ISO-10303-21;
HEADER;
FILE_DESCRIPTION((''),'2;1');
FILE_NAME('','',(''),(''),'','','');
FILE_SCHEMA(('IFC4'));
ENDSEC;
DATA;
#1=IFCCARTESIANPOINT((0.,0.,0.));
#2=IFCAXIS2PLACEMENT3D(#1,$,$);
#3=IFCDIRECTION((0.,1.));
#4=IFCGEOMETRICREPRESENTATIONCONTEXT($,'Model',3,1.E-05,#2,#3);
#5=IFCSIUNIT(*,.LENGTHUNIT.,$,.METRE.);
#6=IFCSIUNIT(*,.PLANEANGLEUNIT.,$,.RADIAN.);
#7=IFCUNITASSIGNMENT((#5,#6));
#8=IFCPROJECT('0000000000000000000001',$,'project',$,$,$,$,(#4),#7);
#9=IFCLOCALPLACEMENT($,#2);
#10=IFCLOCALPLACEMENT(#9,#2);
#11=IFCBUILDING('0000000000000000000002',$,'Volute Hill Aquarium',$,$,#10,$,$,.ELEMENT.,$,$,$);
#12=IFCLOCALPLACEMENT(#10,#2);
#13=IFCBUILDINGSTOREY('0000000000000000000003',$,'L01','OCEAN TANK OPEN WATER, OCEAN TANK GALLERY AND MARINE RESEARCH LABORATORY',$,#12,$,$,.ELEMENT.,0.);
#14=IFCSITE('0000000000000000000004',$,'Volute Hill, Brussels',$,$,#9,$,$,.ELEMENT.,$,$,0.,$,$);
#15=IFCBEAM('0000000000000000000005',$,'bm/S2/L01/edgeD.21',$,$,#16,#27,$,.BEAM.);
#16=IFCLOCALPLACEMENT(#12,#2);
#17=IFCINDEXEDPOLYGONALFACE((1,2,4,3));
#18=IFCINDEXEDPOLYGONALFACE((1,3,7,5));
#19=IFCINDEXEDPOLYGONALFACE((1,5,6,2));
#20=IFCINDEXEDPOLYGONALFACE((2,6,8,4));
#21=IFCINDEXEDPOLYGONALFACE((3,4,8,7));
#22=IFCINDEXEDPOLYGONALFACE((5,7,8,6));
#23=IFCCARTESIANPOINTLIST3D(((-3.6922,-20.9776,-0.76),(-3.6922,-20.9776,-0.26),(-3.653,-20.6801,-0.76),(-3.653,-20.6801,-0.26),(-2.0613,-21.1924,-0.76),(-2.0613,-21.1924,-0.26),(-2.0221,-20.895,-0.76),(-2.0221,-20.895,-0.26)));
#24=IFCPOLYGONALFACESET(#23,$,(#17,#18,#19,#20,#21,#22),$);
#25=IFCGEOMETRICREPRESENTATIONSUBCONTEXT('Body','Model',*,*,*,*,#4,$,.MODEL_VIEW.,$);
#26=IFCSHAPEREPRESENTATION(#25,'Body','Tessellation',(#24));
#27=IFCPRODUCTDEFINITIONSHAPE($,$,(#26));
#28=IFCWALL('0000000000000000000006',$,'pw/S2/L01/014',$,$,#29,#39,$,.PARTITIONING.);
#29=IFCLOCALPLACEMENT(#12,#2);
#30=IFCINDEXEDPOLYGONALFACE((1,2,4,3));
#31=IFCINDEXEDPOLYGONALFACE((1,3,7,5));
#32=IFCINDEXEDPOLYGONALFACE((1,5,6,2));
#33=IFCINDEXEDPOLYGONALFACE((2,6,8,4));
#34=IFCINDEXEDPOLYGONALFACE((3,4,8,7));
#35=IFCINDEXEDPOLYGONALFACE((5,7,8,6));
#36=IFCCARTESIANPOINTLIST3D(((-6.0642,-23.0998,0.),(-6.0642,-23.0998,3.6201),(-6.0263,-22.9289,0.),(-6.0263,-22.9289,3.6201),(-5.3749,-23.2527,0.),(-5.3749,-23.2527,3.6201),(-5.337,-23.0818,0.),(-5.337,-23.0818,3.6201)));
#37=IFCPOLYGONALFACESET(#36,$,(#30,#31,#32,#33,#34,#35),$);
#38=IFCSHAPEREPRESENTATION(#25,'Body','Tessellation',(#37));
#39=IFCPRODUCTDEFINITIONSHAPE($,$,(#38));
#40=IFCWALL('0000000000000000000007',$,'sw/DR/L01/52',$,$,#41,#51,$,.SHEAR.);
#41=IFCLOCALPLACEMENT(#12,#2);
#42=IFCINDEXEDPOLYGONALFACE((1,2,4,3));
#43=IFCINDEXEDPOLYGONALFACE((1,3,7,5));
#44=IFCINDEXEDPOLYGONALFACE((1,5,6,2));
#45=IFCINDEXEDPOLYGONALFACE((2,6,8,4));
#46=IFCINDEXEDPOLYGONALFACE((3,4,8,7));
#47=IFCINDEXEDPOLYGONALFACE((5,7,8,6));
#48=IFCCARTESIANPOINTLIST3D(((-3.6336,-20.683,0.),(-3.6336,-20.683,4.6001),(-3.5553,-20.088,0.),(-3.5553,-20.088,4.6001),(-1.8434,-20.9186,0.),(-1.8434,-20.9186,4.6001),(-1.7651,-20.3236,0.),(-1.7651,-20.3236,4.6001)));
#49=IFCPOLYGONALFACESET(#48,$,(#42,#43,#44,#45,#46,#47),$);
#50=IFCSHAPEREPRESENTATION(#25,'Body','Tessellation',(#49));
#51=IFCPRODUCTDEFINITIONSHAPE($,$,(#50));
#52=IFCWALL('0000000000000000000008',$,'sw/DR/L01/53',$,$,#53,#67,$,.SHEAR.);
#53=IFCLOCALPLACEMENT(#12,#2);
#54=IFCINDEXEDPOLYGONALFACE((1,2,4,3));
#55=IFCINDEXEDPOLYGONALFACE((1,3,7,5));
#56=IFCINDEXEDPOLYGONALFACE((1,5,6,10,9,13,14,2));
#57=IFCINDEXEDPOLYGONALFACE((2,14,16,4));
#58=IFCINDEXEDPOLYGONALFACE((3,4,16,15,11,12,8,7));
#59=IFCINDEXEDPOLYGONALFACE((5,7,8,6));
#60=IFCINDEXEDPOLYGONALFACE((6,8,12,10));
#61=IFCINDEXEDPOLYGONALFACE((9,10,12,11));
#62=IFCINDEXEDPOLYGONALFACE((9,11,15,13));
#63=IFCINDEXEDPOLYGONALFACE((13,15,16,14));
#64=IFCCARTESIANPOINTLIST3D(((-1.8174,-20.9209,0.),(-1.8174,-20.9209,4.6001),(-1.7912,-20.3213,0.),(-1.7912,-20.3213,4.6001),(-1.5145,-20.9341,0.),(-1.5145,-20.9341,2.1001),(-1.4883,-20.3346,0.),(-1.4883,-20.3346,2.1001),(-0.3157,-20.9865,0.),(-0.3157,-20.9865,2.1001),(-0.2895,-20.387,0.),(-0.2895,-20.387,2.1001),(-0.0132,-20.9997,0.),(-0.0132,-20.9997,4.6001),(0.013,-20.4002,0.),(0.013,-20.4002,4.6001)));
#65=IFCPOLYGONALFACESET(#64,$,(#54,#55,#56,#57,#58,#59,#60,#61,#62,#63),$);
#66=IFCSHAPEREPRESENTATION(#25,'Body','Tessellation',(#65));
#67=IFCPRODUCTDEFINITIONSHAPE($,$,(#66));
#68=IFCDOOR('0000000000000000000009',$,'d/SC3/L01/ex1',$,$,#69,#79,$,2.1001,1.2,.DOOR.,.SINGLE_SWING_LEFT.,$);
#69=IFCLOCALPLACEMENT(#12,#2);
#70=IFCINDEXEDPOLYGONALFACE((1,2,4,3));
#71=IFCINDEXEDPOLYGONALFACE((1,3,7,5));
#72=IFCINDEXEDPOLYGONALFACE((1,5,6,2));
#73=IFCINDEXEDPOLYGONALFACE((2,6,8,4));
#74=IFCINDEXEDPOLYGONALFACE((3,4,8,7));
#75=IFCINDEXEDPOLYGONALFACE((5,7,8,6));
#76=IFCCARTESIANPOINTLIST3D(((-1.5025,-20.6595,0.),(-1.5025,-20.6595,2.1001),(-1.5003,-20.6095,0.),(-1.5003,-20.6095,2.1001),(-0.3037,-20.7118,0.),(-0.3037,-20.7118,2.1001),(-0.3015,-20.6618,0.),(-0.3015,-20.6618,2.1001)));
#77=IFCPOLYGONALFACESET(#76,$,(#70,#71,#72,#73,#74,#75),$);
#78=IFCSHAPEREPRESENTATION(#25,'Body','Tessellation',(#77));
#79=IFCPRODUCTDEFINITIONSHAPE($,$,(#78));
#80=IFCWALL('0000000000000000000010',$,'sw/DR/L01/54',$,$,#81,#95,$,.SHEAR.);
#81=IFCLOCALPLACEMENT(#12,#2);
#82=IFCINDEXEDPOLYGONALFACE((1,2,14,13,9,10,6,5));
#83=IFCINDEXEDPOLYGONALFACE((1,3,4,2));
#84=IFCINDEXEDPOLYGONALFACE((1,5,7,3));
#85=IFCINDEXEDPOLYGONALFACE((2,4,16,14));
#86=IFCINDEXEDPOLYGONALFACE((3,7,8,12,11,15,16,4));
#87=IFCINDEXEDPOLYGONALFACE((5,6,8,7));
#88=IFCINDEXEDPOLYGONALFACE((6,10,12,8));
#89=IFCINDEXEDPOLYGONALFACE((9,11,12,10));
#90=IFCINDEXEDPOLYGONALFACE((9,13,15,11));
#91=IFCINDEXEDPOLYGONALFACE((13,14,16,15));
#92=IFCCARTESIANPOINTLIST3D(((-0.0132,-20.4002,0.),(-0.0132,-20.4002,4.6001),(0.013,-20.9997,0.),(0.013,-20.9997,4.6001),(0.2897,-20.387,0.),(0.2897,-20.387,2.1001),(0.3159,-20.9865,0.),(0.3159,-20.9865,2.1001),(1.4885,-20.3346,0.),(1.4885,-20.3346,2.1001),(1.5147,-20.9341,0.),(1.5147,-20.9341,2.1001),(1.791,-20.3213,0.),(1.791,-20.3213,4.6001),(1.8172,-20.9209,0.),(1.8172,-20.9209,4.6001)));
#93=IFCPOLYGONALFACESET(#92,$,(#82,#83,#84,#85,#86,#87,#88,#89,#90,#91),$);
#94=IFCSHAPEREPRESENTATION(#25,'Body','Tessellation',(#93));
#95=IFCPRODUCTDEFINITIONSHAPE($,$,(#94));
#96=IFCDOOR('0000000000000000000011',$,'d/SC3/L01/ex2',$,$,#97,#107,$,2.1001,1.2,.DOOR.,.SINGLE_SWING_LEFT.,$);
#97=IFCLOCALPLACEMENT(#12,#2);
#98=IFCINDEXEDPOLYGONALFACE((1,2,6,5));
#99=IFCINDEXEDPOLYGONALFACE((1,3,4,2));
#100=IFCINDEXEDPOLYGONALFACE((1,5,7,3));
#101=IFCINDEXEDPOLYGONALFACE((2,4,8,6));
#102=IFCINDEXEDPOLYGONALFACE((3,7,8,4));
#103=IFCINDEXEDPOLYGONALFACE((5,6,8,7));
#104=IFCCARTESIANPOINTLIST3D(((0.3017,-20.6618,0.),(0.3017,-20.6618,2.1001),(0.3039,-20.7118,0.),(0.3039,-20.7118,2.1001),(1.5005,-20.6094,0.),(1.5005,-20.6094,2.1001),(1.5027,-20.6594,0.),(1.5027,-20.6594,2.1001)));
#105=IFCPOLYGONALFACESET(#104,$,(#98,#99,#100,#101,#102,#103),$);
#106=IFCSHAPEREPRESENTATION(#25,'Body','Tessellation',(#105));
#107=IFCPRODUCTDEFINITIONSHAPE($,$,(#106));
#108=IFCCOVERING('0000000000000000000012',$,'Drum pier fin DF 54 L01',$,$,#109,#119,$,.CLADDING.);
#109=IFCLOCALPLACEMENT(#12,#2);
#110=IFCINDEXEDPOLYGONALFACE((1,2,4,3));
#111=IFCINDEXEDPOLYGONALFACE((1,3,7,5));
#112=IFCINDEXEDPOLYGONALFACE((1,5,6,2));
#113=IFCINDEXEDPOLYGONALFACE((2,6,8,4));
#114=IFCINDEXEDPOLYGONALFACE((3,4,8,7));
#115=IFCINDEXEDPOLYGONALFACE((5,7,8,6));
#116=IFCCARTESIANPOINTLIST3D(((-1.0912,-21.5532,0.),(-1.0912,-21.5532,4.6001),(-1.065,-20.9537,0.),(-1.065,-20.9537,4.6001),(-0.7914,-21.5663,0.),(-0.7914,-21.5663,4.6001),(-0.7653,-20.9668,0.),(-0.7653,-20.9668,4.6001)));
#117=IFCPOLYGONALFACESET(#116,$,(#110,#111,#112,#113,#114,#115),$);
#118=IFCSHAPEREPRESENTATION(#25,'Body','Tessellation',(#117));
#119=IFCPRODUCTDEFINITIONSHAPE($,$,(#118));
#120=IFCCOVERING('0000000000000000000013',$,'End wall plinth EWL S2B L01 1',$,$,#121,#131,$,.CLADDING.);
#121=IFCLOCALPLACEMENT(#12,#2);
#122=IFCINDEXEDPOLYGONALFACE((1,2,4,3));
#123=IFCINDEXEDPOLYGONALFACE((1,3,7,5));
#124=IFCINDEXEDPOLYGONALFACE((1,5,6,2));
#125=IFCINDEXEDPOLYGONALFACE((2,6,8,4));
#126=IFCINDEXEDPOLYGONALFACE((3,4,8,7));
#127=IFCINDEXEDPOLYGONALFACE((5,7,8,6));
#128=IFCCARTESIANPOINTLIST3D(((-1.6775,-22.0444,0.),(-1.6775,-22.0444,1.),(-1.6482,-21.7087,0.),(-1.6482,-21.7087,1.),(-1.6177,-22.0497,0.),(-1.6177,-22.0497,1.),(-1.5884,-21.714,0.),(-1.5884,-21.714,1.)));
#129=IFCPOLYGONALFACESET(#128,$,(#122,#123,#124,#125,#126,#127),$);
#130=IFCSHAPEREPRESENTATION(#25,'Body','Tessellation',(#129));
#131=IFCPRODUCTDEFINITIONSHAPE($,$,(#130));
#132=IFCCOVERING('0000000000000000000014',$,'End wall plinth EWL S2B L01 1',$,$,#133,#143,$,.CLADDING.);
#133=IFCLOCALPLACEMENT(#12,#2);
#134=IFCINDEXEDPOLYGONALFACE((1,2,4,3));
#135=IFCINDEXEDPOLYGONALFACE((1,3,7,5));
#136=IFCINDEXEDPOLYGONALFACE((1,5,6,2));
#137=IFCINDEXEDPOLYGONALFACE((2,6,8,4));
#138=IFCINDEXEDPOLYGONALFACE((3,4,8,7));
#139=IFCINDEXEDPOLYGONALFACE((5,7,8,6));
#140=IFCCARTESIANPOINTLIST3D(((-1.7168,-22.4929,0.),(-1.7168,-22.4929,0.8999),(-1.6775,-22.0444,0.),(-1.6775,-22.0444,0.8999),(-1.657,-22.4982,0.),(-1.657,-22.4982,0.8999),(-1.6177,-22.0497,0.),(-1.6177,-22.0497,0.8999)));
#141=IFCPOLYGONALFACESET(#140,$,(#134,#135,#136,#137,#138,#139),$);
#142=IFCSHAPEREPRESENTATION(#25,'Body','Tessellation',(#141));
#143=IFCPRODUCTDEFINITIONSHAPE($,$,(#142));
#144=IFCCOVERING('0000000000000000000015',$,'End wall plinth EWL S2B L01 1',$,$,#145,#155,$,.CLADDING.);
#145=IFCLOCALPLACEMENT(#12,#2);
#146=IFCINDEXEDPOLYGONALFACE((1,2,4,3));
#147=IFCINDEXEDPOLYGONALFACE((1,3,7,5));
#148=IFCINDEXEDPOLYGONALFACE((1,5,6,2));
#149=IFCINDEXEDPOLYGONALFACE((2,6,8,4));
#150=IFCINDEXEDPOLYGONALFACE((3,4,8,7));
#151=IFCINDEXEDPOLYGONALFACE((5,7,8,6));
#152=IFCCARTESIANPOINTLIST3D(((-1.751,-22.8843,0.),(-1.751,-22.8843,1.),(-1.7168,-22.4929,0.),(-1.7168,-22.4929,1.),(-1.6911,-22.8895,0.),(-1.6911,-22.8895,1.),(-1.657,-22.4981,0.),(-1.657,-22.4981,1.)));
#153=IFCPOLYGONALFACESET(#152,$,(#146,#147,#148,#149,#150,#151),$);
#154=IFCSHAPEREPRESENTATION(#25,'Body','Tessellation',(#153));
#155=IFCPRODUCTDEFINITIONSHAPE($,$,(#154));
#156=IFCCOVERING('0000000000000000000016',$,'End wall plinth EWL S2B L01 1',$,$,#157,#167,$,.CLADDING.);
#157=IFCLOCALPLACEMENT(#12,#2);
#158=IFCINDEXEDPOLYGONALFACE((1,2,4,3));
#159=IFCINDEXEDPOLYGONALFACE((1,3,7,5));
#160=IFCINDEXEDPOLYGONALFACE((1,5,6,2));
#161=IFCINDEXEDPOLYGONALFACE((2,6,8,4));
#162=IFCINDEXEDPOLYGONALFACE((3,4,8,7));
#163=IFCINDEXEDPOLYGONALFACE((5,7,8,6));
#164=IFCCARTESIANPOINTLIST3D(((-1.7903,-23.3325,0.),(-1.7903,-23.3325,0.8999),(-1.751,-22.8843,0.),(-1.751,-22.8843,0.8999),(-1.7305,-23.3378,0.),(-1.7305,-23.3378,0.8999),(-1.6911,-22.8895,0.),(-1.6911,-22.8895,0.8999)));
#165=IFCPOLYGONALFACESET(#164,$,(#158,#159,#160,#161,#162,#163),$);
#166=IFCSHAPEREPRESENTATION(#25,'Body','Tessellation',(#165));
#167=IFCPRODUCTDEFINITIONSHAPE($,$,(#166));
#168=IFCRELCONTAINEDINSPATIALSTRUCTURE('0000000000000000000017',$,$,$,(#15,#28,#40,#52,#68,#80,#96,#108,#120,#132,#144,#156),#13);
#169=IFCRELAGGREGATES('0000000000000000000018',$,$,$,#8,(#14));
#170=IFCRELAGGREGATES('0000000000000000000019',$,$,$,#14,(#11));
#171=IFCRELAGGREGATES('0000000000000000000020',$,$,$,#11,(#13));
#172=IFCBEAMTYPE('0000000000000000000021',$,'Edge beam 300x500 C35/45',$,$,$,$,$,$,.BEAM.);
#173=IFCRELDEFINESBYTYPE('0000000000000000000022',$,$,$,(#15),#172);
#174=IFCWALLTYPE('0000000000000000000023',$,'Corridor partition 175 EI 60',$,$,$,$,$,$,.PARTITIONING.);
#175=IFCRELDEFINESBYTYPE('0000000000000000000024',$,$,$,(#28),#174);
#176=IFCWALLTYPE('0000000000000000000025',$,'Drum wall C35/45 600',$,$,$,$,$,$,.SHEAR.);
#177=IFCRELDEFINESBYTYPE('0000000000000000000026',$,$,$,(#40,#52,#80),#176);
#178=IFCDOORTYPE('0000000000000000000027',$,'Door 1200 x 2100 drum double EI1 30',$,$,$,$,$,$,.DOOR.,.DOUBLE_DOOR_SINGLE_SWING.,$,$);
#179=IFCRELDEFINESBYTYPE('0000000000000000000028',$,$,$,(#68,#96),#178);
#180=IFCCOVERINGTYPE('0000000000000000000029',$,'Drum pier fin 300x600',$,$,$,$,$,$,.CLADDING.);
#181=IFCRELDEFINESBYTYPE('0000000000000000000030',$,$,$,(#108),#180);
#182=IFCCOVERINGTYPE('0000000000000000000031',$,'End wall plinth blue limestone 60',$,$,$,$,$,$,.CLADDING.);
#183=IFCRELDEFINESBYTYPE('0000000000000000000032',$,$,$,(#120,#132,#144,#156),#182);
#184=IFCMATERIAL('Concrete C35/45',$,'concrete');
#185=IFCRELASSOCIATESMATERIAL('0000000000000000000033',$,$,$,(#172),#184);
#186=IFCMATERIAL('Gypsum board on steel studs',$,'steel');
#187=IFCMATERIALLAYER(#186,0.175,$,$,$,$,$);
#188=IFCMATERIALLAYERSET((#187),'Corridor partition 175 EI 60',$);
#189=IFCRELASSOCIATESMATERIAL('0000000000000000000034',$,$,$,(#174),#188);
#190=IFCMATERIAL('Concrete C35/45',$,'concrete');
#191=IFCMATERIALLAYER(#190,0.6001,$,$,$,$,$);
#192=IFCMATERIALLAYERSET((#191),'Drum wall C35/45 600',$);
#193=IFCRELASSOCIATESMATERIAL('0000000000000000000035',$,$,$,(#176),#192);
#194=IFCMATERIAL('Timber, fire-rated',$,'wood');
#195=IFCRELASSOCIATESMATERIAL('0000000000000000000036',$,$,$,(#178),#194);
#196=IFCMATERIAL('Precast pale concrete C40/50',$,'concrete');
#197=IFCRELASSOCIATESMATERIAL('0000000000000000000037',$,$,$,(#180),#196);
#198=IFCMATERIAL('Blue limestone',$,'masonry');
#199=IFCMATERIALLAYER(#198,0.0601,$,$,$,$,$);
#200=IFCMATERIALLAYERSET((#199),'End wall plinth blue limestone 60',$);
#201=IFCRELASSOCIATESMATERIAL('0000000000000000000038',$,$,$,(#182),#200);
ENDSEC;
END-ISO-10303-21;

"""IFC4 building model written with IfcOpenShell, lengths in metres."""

from ifc_helpers import new_model, si_unit, direction, frame, frame_2d, origin, origin_2d, place, context, subcontext, project, spatial, polyline, rectangle, outline, extrude, material, layer, layer_set, material_profile, profile_set, type_object, element, fill, save


model = new_model("IFC4")

# Units and contexts
model_context = context("Model", 3, precision=1e-05, world=origin(), true_north=direction((0.0, 1.0)))
body_context = subcontext(model_context, "Body", "Model", "MODEL_VIEW")
ifc_project = project(units=[si_unit("LENGTHUNIT", "METRE"), si_unit("PLANEANGLEUNIT", "RADIAN")], contexts=[model_context])

# Site, building, storey
site_placement = place(None, origin())
site = spatial("IfcSite", under=ifc_project, at=site_placement, Name="Volute Hill, Brussels", CompositionType="ELEMENT", RefElevation=0.0)
building_placement = place(site_placement, origin())
building = spatial("IfcBuilding", under=site, at=building_placement, Name="Volute Hill Aquarium", CompositionType="ELEMENT")
storey_placement = place(building_placement, origin())
storey = spatial("IfcBuildingStorey", under=building, at=storey_placement, Name="L01", Description="OCEAN TANK OPEN WATER, OCEAN TANK GALLERY AND MARINE RESEARCH LABORATORY", CompositionType="ELEMENT", Elevation=0.0)

# Beam
ifc_material_1 = material(Name="Concrete C35/45", Category="concrete")
ifc_material_profile = material_profile(ifc_material_1, rectangle(XDim=0.3, YDim=0.5, at=origin_2d()), Name="RC edge beam 300x500")
ifc_profile_set = profile_set([ifc_material_profile], Name="Concrete C35/45")
beam_type = type_object("IfcBeamType", Name="Edge beam 300x500 C35/45", PredefinedType="BEAM", material=ifc_profile_set)
beam_placement = place(storey_placement, frame((-3.6726, -20.8289, -0.51), z_axis=(0.991434, -0.130608, 0.0), x_axis=(0.130608, 0.991434, 0.0)))
element("IfcBeam", 1, at=beam_placement, inside=storey, type_object=beam_type, Name="bm/S2/L01/edgeD.21", PredefinedType="BEAM", context=body_context, shape_type="SweptSolid", body=[
    extrude(rectangle(XDim=0.3, YDim=0.5, at=origin_2d()), origin(), (0.0, 0.0, 1.0), 1.645),
])

# Walls
ifc_material_2 = material(Name="Gypsum board on steel studs", Category="steel")
ifc_layer_1 = layer(ifc_material_2, 0.175)
ifc_layer_set_1 = layer_set([ifc_layer_1], Name="Corridor partition 175 EI 60")
wall_type_1 = type_object("IfcWallType", Name="Corridor partition 175 EI 60", PredefinedType="PARTITIONING", material=ifc_layer_set_1)
wall_1_placement = place(storey_placement, frame((-5.356, -23.1672, 0.0), z_axis=(0.0, 0.0, 1.0), x_axis=(-0.976285, 0.216491, 0.0)))
element("IfcWall", 2, at=wall_1_placement, inside=storey, type_object=wall_type_1, Name="pw/S2/L01/014", PredefinedType="PARTITIONING", context=body_context, shape_type="SweptSolid", body=[
    extrude(rectangle(XDim=0.7061, YDim=0.175, at=frame_2d((0.353, 0.0))), origin(), (0.0, 0.0, 1.0), 3.6201),
])
ifc_material_3 = material(Name="Concrete C35/45", Category="concrete")
ifc_layer_2 = layer(ifc_material_3, 0.6001)
ifc_layer_set_2 = layer_set([ifc_layer_2], Name="Drum wall C35/45 600")
wall_type_2 = type_object("IfcWallType", Name="Drum wall C35/45 600", PredefinedType="SHEAR", material=ifc_layer_set_2)
wall_2_placement = place(storey_placement, frame((-3.5945, -20.3855, 0.0), z_axis=(0.0, 0.0, 1.0), x_axis=(0.991452, -0.130472, 0.0)))
element("IfcWall", 3, at=wall_2_placement, inside=storey, type_object=wall_type_2, Name="sw/DR/L01/52", PredefinedType="SHEAR", context=body_context, shape_type="SweptSolid", body=[
    extrude(rectangle(XDim=1.8057, YDim=0.6001, at=frame_2d((0.9028, 0.0))), origin(), (0.0, 0.0, 1.0), 4.6001),
])

# Walls, openings, doors
wall_3_placement = place(storey_placement, frame((-1.8042, -20.6211, 0.0), z_axis=(0.0, 0.0, 1.0), x_axis=(0.999046, -0.043666, 0.0)))
wall_3 = element("IfcWall", 4, at=wall_3_placement, inside=storey, type_object=wall_type_2, Name="sw/DR/L01/53", PredefinedType="SHEAR", context=body_context, shape_type="SweptSolid", body=[
    extrude(rectangle(XDim=1.8059, YDim=0.6001, at=frame_2d((0.9028, 0.0))), origin(), (0.0, 0.0, 1.0), 4.6001),
])
opening_1_placement = place(wall_3_placement, frame((0.303, 0.0, 0.0)))
opening_1 = element("IfcOpeningElement", 5, at=opening_1_placement, cuts=wall_3, PredefinedType="OPENING", context=body_context, shape_type="SweptSolid", body=[
    extrude(rectangle(XDim=1.2, YDim=2.1001, at=frame_2d((0.6001, 1.05))), frame((0.0, 0.3101, 0.0), z_axis=(0.0, -1.0, 0.0), x_axis=(1.0, 0.0, 0.0)), (0.0, 0.0, 1.0), 0.6201),
])
ifc_material_4 = material(Name="Timber, fire-rated", Category="wood")
door_type_1 = type_object("IfcDoorType", Name="Door 1200 x 2100 drum double EI1 30", OperationType="DOUBLE_DOOR_SINGLE_SWING", PredefinedType="DOOR", material=ifc_material_4)
door_1_placement = place(opening_1_placement, origin())
door_1 = element("IfcDoor", 6, at=door_1_placement, inside=storey, type_object=door_type_1, Name="d/SC3/L01/ex1", OperationType="SINGLE_SWING_LEFT", OverallHeight=2.1001, OverallWidth=1.2, PredefinedType="DOOR", context=body_context, shape_type="SweptSolid", body=[
    extrude(rectangle(XDim=1.2, YDim=2.1001, at=frame_2d((0.6001, 1.05))), frame((0.0, 0.0249, 0.0), z_axis=(0.0, -1.0, 0.0), x_axis=(1.0, 0.0, 0.0)), (0.0, 0.0, 1.0), 0.05),
])
fill(opening_1, door_1)
wall_4_placement = place(storey_placement, frame((0.0, -20.7, 0.0), z_axis=(0.0, 0.0, 1.0), x_axis=(0.999046, 0.043666, 0.0)))
wall_4 = element("IfcWall", 7, at=wall_4_placement, inside=storey, type_object=wall_type_2, Name="sw/DR/L01/54", PredefinedType="SHEAR", context=body_context, shape_type="SweptSolid", body=[
    extrude(rectangle(XDim=1.8059, YDim=0.6001, at=frame_2d((0.9028, 0.0))), origin(), (0.0, 0.0, 1.0), 4.6001),
])
opening_2_placement = place(wall_4_placement, frame((0.303, 0.0, 0.0)))
opening_2 = element("IfcOpeningElement", 8, at=opening_2_placement, cuts=wall_4, PredefinedType="OPENING", context=body_context, shape_type="SweptSolid", body=[
    extrude(rectangle(XDim=1.2, YDim=2.1001, at=frame_2d((0.6001, 1.05))), frame((0.0, 0.3101, 0.0), z_axis=(0.0, -1.0, 0.0), x_axis=(1.0, 0.0, 0.0)), (0.0, 0.0, 1.0), 0.6201),
])
door_2_placement = place(opening_2_placement, origin())
door_2 = element("IfcDoor", 9, at=door_2_placement, inside=storey, type_object=door_type_1, Name="d/SC3/L01/ex2", OperationType="SINGLE_SWING_LEFT", OverallHeight=2.1001, OverallWidth=1.2, PredefinedType="DOOR", context=body_context, shape_type="SweptSolid", body=[
    extrude(rectangle(XDim=1.2, YDim=2.1001, at=frame_2d((0.6001, 1.05))), frame((0.0, 0.0249, 0.0), z_axis=(0.0, -1.0, 0.0), x_axis=(1.0, 0.0, 0.0)), (0.0, 0.0, 1.0), 0.05),
])
fill(opening_2, door_2)

# Coverings
ifc_material_5 = material(Name="Precast pale concrete C40/50", Category="concrete")
covering_type_1 = type_object("IfcCoveringType", Name="Drum pier fin 300x600", PredefinedType="CLADDING", material=ifc_material_5)
covering_1_placement = place(storey_placement, frame((-0.9282, -21.26, 0.0), z_axis=(0.0, 0.0, 1.0), x_axis=(0.999048, -0.043619, 0.0)))
element("IfcCovering", 10, at=covering_1_placement, inside=storey, type_object=covering_type_1, Name="Drum pier fin DF 54 L01", PredefinedType="CLADDING", context=body_context, shape_type="SweptSolid", body=[
    extrude(rectangle(XDim=0.3, YDim=0.6001, at=origin_2d()), origin(), (0.0, 0.0, 1.0), 4.6001),
])
ifc_material_6 = material(Name="Blue limestone", Category="masonry")
ifc_layer_3 = layer(ifc_material_6, 0.0601)
ifc_layer_set_3 = layer_set([ifc_layer_3], Name="End wall plinth blue limestone 60")
covering_type_2 = type_object("IfcCoveringType", Name="End wall plinth blue limestone 60", PredefinedType="CLADDING", material=ifc_layer_set_3)
covering_2_placement = place(storey_placement, frame((-1.6482, -21.7087, 0.0), z_axis=(-0.996213, 0.086942, 0.0), x_axis=(-0.086942, -0.996213, 0.0)))
element("IfcCovering", 11, at=covering_2_placement, inside=storey, type_object=covering_type_2, Name="End wall plinth EWL S2B L01 1", PredefinedType="CLADDING", context=body_context, shape_type="SweptSolid", body=[
    extrude(outline(polyline([(0.0, 0.0), (0.337, 0.0), (0.337, 1.0), (0.0, 1.0), (0.0, 0.0)])), origin(), (0.0, 0.0, -1.0), 0.0601),
])
covering_3_placement = place(storey_placement, frame((-1.6775, -22.0444, 0.0), z_axis=(-0.996181, 0.087308, 0.0), x_axis=(-0.087308, -0.996181, 0.0)))
element("IfcCovering", 12, at=covering_3_placement, inside=storey, type_object=covering_type_2, Name="End wall plinth EWL S2B L01 1", PredefinedType="CLADDING", context=body_context, shape_type="SweptSolid", body=[
    extrude(outline(polyline([(0.0, 0.0), (0.4502, 0.0), (0.4502, 0.8999), (0.0, 0.8999), (0.0, 0.0)])), origin(), (0.0, 0.0, -1.0), 0.0601),
])
covering_4_placement = place(storey_placement, frame((-1.7168, -22.4929, 0.0), z_axis=(-0.996208, 0.087005, 0.0), x_axis=(-0.087005, -0.996208, 0.0)))
element("IfcCovering", 13, at=covering_4_placement, inside=storey, type_object=covering_type_2, Name="End wall plinth EWL S2B L01 1", PredefinedType="CLADDING", context=body_context, shape_type="SweptSolid", body=[
    extrude(outline(polyline([(0.0, 0.0), (0.3928, 0.0), (0.3928, 1.0), (0.0, 1.0), (0.0, 0.0)])), origin(), (0.0, 0.0, -1.0), 0.0601),
])
covering_5_placement = place(storey_placement, frame((-1.751, -22.8843, 0.0), z_axis=(-0.996177, 0.087355, 0.0), x_axis=(-0.087355, -0.996177, 0.0)))
element("IfcCovering", 14, at=covering_5_placement, inside=storey, type_object=covering_type_2, Name="End wall plinth EWL S2B L01 1", PredefinedType="CLADDING", context=body_context, shape_type="SweptSolid", body=[
    extrude(outline(polyline([(0.0, 0.0), (0.45, 0.0), (0.45, 0.8999), (0.0, 0.8999), (0.0, 0.0)])), origin(), (0.0, 0.0, -1.0), 0.0601),
])

save(model, "model.ifc")
